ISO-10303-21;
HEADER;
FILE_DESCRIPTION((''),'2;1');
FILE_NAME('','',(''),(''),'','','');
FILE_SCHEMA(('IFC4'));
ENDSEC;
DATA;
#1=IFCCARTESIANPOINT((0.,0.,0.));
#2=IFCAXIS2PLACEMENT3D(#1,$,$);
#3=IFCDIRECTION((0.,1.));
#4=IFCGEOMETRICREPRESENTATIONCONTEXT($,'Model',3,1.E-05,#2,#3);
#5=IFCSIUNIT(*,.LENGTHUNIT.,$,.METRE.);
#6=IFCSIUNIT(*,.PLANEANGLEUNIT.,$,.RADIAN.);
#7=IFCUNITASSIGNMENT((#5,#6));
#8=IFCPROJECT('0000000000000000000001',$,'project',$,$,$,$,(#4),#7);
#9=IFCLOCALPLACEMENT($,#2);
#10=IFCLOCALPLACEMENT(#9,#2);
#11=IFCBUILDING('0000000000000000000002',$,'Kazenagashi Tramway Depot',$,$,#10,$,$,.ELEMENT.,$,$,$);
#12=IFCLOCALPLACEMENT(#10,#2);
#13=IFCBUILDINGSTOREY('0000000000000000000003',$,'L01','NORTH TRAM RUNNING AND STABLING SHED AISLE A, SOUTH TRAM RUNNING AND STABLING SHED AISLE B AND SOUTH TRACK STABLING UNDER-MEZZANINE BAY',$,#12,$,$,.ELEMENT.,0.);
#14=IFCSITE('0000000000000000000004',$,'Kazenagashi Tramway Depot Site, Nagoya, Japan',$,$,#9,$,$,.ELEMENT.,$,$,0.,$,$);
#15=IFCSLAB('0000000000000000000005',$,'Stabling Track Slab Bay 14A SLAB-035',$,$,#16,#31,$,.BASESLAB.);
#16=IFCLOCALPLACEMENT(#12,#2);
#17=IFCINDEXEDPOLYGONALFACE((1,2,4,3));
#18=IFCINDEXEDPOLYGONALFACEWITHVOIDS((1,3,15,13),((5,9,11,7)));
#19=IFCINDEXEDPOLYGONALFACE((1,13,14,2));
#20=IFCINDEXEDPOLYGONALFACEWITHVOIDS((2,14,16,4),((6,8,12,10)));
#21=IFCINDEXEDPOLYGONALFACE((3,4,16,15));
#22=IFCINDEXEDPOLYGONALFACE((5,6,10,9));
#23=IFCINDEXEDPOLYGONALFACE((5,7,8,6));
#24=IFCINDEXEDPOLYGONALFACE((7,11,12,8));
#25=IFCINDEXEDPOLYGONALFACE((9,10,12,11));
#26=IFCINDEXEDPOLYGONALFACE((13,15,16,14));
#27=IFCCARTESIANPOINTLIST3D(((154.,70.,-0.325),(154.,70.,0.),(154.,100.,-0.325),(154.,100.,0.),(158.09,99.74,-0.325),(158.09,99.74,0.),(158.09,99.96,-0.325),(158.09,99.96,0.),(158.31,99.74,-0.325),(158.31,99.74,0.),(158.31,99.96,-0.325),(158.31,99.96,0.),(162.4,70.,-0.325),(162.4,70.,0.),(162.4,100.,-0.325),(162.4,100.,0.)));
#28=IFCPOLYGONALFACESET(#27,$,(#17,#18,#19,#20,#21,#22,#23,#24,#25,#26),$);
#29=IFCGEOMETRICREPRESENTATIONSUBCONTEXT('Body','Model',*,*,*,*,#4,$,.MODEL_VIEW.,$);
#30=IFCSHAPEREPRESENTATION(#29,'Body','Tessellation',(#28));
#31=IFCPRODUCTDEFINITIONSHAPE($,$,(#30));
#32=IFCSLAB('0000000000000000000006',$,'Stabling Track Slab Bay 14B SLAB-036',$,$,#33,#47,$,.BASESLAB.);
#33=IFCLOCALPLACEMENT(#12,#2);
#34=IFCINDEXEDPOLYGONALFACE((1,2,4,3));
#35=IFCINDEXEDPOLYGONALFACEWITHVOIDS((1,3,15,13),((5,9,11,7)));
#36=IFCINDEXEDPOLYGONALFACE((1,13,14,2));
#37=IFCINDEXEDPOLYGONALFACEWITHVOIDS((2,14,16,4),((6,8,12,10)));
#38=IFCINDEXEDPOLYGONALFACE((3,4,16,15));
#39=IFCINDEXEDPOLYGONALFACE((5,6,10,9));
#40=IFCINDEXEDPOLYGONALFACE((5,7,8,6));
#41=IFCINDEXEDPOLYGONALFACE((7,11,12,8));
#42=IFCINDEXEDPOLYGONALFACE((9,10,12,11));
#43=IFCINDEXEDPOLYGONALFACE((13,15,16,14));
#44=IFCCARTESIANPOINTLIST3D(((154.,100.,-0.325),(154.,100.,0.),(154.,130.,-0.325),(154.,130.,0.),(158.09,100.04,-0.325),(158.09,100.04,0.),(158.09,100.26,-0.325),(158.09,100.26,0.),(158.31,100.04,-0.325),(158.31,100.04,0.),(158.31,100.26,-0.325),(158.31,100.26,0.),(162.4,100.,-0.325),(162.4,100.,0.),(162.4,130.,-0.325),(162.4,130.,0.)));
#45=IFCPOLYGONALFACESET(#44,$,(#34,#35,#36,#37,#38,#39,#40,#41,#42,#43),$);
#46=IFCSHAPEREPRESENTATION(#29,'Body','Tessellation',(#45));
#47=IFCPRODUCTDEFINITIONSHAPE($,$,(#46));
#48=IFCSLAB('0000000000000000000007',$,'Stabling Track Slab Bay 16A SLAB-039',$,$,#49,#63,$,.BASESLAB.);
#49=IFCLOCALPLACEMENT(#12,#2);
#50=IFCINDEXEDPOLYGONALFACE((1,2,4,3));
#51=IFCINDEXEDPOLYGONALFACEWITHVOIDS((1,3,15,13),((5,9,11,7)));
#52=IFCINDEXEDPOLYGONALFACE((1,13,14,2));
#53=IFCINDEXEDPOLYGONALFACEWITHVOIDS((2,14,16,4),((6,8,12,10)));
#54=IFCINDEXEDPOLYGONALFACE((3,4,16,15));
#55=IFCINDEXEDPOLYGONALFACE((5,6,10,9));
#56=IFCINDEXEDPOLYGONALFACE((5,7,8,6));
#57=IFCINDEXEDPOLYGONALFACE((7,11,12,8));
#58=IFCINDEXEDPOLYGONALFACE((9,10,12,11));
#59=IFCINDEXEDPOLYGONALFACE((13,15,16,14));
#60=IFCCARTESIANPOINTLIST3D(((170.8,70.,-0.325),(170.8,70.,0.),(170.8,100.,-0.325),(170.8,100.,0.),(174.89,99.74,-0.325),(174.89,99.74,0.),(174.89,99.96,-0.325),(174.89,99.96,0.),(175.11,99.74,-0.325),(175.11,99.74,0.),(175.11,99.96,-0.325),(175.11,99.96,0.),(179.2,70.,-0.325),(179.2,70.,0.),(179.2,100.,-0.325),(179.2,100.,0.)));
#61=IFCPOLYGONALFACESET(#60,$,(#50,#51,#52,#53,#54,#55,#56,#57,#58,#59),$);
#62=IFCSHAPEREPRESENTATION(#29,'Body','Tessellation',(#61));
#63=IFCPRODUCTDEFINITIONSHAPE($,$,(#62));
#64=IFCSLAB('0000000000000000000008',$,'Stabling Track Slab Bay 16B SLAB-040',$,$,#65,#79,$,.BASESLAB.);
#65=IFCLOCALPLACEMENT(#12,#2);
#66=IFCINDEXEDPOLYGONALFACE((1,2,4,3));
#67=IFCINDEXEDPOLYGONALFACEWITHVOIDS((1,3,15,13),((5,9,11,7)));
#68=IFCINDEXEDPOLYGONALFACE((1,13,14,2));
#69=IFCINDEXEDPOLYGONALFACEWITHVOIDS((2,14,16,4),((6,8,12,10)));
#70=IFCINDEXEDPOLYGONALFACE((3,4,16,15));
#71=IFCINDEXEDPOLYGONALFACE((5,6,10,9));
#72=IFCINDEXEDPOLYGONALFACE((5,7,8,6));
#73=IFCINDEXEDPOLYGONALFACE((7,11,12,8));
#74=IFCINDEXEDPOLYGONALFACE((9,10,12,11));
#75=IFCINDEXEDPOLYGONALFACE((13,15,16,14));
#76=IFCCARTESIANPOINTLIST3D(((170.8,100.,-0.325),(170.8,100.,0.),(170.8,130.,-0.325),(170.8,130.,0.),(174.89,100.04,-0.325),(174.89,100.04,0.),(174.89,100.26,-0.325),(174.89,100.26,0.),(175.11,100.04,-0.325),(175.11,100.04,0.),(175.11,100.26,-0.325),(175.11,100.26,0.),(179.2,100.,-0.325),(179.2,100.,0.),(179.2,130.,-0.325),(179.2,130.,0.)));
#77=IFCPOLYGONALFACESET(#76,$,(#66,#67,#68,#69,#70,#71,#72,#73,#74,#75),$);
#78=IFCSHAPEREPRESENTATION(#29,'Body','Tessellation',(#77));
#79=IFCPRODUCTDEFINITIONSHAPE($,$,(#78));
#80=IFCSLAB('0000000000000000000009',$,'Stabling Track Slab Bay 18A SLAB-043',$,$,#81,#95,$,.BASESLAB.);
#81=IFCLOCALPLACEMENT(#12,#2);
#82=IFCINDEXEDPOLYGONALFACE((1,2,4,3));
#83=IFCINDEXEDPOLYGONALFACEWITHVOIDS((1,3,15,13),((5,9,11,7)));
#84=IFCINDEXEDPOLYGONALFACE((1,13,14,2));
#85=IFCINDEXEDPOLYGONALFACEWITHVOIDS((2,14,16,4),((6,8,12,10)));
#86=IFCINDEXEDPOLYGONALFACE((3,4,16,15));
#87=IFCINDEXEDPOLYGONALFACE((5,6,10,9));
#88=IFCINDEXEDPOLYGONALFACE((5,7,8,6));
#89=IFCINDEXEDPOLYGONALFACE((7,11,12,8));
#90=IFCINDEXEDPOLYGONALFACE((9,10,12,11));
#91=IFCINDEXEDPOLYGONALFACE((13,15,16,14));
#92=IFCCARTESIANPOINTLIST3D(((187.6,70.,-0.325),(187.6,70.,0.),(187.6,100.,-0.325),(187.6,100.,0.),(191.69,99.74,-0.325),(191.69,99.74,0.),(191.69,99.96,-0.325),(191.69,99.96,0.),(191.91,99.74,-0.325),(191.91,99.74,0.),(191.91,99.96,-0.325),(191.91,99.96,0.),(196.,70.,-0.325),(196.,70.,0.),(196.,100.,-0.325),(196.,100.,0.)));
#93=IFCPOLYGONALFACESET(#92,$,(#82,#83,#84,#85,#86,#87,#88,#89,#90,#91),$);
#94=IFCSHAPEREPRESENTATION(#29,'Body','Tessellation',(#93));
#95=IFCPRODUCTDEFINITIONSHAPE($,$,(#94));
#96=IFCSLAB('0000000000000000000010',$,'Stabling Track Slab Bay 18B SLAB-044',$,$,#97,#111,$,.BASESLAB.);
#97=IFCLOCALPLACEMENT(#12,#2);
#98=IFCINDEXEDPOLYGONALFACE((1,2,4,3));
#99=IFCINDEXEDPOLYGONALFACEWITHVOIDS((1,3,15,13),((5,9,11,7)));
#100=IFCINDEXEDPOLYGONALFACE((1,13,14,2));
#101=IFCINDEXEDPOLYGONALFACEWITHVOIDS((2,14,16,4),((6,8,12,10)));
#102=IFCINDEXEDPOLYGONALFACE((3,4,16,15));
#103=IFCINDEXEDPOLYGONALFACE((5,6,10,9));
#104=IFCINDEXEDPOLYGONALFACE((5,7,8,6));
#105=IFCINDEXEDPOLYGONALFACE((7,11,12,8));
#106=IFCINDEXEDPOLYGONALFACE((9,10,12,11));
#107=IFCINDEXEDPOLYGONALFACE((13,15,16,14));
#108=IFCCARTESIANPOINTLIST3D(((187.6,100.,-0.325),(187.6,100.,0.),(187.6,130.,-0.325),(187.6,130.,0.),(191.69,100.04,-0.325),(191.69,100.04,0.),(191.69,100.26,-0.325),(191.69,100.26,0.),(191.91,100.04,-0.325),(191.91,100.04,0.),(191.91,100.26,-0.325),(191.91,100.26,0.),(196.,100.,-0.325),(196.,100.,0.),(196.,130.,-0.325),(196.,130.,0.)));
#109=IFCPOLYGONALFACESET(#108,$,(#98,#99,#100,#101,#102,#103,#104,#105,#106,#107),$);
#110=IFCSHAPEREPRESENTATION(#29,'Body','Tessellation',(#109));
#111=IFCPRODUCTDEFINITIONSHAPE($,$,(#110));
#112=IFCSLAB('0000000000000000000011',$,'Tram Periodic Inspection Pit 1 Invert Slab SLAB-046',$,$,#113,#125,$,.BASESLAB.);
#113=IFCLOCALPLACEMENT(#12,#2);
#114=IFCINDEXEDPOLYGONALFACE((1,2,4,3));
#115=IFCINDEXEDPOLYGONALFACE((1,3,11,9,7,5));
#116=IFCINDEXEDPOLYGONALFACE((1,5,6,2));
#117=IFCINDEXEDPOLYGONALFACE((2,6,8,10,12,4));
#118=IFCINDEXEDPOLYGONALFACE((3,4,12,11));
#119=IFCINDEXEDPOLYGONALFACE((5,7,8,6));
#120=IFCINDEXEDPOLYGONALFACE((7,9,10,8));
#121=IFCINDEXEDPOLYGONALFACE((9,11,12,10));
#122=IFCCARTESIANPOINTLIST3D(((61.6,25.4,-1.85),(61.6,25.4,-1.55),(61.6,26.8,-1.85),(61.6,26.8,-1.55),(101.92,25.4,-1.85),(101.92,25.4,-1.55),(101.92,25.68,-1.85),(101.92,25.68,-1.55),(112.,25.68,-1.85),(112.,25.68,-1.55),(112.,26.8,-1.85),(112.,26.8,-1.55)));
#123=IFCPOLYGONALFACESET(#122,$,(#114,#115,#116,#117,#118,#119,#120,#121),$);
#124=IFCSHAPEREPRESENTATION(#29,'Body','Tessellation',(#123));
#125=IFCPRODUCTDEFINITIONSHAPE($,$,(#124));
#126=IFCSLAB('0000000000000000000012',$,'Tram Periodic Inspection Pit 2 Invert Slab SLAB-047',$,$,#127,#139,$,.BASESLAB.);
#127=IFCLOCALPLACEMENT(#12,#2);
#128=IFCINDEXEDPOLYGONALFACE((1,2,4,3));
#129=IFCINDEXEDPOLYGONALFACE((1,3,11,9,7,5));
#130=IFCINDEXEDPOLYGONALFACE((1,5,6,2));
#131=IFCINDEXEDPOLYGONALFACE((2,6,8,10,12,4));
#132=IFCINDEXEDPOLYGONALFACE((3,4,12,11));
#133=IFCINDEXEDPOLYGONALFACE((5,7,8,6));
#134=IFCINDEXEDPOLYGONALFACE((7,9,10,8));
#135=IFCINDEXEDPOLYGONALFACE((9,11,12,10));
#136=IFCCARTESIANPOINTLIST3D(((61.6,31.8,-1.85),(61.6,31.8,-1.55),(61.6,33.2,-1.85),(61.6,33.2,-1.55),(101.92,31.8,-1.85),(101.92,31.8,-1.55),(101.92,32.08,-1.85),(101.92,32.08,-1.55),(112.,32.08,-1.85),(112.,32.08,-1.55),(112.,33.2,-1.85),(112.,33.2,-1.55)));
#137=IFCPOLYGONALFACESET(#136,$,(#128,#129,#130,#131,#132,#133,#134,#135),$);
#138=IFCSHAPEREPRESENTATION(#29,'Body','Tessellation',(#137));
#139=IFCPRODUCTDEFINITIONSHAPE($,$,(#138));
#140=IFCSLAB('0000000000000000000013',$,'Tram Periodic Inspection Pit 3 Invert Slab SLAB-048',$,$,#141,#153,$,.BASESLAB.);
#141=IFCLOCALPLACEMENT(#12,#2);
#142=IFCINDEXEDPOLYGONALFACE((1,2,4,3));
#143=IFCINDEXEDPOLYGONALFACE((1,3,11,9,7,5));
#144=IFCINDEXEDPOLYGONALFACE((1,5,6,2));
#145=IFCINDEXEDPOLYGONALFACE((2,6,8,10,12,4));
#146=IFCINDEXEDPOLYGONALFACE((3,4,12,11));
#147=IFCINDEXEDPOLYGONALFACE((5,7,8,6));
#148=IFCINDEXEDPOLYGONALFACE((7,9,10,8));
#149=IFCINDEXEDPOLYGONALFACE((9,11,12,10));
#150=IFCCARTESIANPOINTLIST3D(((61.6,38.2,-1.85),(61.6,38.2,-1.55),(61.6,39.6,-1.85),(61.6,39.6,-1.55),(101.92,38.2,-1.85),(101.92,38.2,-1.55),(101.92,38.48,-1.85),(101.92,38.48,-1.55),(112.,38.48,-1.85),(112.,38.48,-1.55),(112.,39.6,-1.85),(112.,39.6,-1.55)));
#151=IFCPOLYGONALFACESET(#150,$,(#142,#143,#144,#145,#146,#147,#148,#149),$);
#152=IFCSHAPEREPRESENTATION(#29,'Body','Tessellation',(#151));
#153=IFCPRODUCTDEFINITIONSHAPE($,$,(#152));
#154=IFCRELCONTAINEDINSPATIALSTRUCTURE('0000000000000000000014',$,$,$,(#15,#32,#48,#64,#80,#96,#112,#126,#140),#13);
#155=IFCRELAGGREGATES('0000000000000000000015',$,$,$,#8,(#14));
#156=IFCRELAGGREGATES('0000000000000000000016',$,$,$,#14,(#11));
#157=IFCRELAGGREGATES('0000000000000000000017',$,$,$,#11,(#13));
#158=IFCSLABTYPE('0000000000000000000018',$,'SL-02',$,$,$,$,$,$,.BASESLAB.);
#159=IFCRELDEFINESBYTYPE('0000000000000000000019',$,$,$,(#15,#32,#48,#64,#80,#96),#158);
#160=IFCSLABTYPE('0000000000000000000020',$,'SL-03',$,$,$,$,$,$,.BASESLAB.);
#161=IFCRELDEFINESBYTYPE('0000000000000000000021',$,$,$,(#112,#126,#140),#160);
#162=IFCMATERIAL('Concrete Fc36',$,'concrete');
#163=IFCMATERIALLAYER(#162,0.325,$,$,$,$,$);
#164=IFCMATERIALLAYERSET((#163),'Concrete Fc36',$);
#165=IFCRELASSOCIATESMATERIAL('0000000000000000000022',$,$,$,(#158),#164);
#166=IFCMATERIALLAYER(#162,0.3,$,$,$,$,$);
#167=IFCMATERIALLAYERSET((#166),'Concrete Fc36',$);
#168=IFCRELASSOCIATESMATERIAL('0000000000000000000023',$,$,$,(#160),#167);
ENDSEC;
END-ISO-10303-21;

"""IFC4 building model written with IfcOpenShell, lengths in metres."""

from ifc_helpers import new_model, si_unit, direction, frame, origin, place, context, subcontext, project, spatial, polyline, outline, extrude, material, layer, layer_set, type_object, element, save


model = new_model("IFC4")

# Units and contexts
model_context = context("Model", 3, precision=1e-05, world=origin(), true_north=direction((0.0, 1.0)))
body_context = subcontext(model_context, "Body", "Model", "MODEL_VIEW")
ifc_project = project(units=[si_unit("LENGTHUNIT", "METRE"), si_unit("PLANEANGLEUNIT", "RADIAN")], contexts=[model_context])

# Site, building, storey
site_placement = place(None, origin())
site = spatial("IfcSite", under=ifc_project, at=site_placement, Name="Kazenagashi Tramway Depot Site, Nagoya, Japan", CompositionType="ELEMENT", RefElevation=0.0)
building_placement = place(site_placement, origin())
building = spatial("IfcBuilding", under=site, at=building_placement, Name="Kazenagashi Tramway Depot", CompositionType="ELEMENT")
storey_placement = place(building_placement, origin())
storey = spatial("IfcBuildingStorey", under=building, at=storey_placement, Name="L01", Description="NORTH TRAM RUNNING AND STABLING SHED AISLE A, SOUTH TRAM RUNNING AND STABLING SHED AISLE B AND SOUTH TRACK STABLING UNDER-MEZZANINE BAY", CompositionType="ELEMENT", Elevation=0.0)

# Slabs
ifc_material_1 = material(Name="Concrete Fc36", Category="concrete")
ifc_layer_1 = layer(ifc_material_1, 0.325)
ifc_layer_set_1 = layer_set([ifc_layer_1], Name="Concrete Fc36")
slab_type_1 = type_object("IfcSlabType", Name="SL-02", PredefinedType="BASESLAB", material=ifc_layer_set_1)
slab_1_placement = place(storey_placement, frame((0.0, 0.0, -0.325)))
element("IfcSlab", 1, at=slab_1_placement, inside=storey, type_object=slab_type_1, Name="Stabling Track Slab Bay 14A SLAB-035", PredefinedType="BASESLAB", context=body_context, shape_type="SweptSolid", body=[
    extrude(outline(polyline([(154.0, 70.0), (162.4, 70.0), (162.4, 100.0), (154.0, 100.0), (154.0, 70.0)]), holes=[polyline([(158.09, 99.74), (158.31, 99.74), (158.31, 99.96), (158.09, 99.96), (158.09, 99.74)])]), origin(), (0.0, 0.0, 1.0), 0.325),
])
slab_2_placement = place(storey_placement, frame((0.0, 0.0, -0.325)))
element("IfcSlab", 2, at=slab_2_placement, inside=storey, type_object=slab_type_1, Name="Stabling Track Slab Bay 14B SLAB-036", PredefinedType="BASESLAB", context=body_context, shape_type="SweptSolid", body=[
    extrude(outline(polyline([(154.0, 100.0), (162.4, 100.0), (162.4, 130.0), (154.0, 130.0), (154.0, 100.0)]), holes=[polyline([(158.09, 100.04), (158.31, 100.04), (158.31, 100.26), (158.09, 100.26), (158.09, 100.04)])]), origin(), (0.0, 0.0, 1.0), 0.325),
])
slab_3_placement = place(storey_placement, frame((0.0, 0.0, -0.325)))
element("IfcSlab", 3, at=slab_3_placement, inside=storey, type_object=slab_type_1, Name="Stabling Track Slab Bay 16A SLAB-039", PredefinedType="BASESLAB", context=body_context, shape_type="SweptSolid", body=[
    extrude(outline(polyline([(170.8, 70.0), (179.2, 70.0), (179.2, 100.0), (170.8, 100.0), (170.8, 70.0)]), holes=[polyline([(174.89, 99.74), (175.11, 99.74), (175.11, 99.96), (174.89, 99.96), (174.89, 99.74)])]), origin(), (0.0, 0.0, 1.0), 0.325),
])
slab_4_placement = place(storey_placement, frame((0.0, 0.0, -0.325)))
element("IfcSlab", 4, at=slab_4_placement, inside=storey, type_object=slab_type_1, Name="Stabling Track Slab Bay 16B SLAB-040", PredefinedType="BASESLAB", context=body_context, shape_type="SweptSolid", body=[
    extrude(outline(polyline([(170.8, 100.0), (179.2, 100.0), (179.2, 130.0), (170.8, 130.0), (170.8, 100.0)]), holes=[polyline([(174.89, 100.04), (175.11, 100.04), (175.11, 100.26), (174.89, 100.26), (174.89, 100.04)])]), origin(), (0.0, 0.0, 1.0), 0.325),
])
slab_5_placement = place(storey_placement, frame((0.0, 0.0, -0.325)))
element("IfcSlab", 5, at=slab_5_placement, inside=storey, type_object=slab_type_1, Name="Stabling Track Slab Bay 18A SLAB-043", PredefinedType="BASESLAB", context=body_context, shape_type="SweptSolid", body=[
    extrude(outline(polyline([(187.6, 70.0), (196.0, 70.0), (196.0, 100.0), (187.6, 100.0), (187.6, 70.0)]), holes=[polyline([(191.69, 99.74), (191.91, 99.74), (191.91, 99.96), (191.69, 99.96), (191.69, 99.74)])]), origin(), (0.0, 0.0, 1.0), 0.325),
])
slab_6_placement = place(storey_placement, frame((0.0, 0.0, -0.325)))
element("IfcSlab", 6, at=slab_6_placement, inside=storey, type_object=slab_type_1, Name="Stabling Track Slab Bay 18B SLAB-044", PredefinedType="BASESLAB", context=body_context, shape_type="SweptSolid", body=[
    extrude(outline(polyline([(187.6, 100.0), (196.0, 100.0), (196.0, 130.0), (187.6, 130.0), (187.6, 100.0)]), holes=[polyline([(191.69, 100.04), (191.91, 100.04), (191.91, 100.26), (191.69, 100.26), (191.69, 100.04)])]), origin(), (0.0, 0.0, 1.0), 0.325),
])
ifc_layer_2 = layer(ifc_material_1, 0.3)
ifc_layer_set_2 = layer_set([ifc_layer_2], Name="Concrete Fc36")
slab_type_2 = type_object("IfcSlabType", Name="SL-03", PredefinedType="BASESLAB", material=ifc_layer_set_2)
slab_7_placement = place(storey_placement, frame((0.0, 0.0, -1.85)))
element("IfcSlab", 7, at=slab_7_placement, inside=storey, type_object=slab_type_2, Name="Tram Periodic Inspection Pit 1 Invert Slab SLAB-046", PredefinedType="BASESLAB", context=body_context, shape_type="SweptSolid", body=[
    extrude(outline(polyline([(61.6, 25.4), (101.92, 25.4), (101.92, 25.68), (112.0, 25.68), (112.0, 26.8), (61.6, 26.8), (61.6, 25.4)])), origin(), (0.0, 0.0, 1.0), 0.3),
])
slab_8_placement = place(storey_placement, frame((0.0, 0.0, -1.85)))
element("IfcSlab", 8, at=slab_8_placement, inside=storey, type_object=slab_type_2, Name="Tram Periodic Inspection Pit 2 Invert Slab SLAB-047", PredefinedType="BASESLAB", context=body_context, shape_type="SweptSolid", body=[
    extrude(outline(polyline([(61.6, 31.8), (101.92, 31.8), (101.92, 32.08), (112.0, 32.08), (112.0, 33.2), (61.6, 33.2), (61.6, 31.8)])), origin(), (0.0, 0.0, 1.0), 0.3),
])
slab_9_placement = place(storey_placement, frame((0.0, 0.0, -1.85)))
element("IfcSlab", 9, at=slab_9_placement, inside=storey, type_object=slab_type_2, Name="Tram Periodic Inspection Pit 3 Invert Slab SLAB-048", PredefinedType="BASESLAB", context=body_context, shape_type="SweptSolid", body=[
    extrude(outline(polyline([(61.6, 38.2), (101.92, 38.2), (101.92, 38.48), (112.0, 38.48), (112.0, 39.6), (61.6, 39.6), (61.6, 38.2)])), origin(), (0.0, 0.0, 1.0), 0.3),
])

save(model, "model.ifc")
